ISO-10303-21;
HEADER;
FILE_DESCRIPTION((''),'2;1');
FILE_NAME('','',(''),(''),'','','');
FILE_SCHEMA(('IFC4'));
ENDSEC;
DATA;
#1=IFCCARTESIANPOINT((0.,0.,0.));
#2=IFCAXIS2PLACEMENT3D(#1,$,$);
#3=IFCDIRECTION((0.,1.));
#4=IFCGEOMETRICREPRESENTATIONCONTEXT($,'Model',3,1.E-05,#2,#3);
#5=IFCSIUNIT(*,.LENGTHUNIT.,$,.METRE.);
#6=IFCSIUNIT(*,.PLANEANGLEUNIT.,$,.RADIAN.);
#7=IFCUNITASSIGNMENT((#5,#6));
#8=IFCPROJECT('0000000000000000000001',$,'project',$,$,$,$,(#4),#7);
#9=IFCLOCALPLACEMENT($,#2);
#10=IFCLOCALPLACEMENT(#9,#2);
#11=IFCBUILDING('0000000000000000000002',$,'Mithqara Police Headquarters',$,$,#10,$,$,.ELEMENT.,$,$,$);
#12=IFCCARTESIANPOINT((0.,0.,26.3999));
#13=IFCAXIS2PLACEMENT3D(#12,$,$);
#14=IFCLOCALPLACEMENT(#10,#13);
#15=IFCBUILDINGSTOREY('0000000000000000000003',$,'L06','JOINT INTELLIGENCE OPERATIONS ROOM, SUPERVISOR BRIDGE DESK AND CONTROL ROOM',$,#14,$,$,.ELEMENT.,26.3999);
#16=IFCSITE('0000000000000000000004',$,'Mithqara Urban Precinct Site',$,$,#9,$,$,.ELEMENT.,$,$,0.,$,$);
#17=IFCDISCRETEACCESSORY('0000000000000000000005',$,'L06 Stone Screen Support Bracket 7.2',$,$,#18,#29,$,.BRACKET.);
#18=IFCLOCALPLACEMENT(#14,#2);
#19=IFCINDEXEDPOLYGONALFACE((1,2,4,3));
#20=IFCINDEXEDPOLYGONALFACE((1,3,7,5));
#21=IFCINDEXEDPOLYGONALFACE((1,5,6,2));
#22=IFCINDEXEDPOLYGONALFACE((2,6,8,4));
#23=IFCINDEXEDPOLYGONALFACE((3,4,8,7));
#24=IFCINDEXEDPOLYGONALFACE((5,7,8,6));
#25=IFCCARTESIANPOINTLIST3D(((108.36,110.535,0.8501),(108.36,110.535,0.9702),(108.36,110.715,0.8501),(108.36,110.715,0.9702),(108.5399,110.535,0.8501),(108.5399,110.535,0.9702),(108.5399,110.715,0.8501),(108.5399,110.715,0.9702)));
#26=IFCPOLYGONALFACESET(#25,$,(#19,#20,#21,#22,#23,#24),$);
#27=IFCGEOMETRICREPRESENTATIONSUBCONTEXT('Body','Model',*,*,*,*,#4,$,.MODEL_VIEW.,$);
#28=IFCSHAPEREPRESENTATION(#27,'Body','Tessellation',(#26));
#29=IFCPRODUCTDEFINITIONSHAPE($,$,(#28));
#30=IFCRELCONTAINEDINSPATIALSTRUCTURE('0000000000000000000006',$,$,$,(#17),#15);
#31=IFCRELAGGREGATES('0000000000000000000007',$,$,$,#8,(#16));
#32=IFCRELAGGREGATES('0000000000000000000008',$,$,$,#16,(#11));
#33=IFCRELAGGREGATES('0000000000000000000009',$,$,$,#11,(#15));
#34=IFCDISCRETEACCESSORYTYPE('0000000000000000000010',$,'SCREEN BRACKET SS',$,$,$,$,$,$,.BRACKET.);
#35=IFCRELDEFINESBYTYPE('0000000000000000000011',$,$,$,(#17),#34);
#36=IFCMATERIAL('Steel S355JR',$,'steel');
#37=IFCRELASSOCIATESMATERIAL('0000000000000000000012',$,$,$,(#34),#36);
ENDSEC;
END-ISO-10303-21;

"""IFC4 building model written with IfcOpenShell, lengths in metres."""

from ifc_helpers import new_model, si_unit, direction, frame, origin, origin_2d, place, context, subcontext, project, spatial, rectangle, extrude, material, type_object, element, save


model = new_model("IFC4")

# Units and contexts
model_context = context("Model", 3, precision=1e-05, world=origin(), true_north=direction((0.0, 1.0)))
body_context = subcontext(model_context, "Body", "Model", "MODEL_VIEW")
ifc_project = project(units=[si_unit("LENGTHUNIT", "METRE"), si_unit("PLANEANGLEUNIT", "RADIAN")], contexts=[model_context])

# Site, building, storey
site_placement = place(None, origin())
site = spatial("IfcSite", under=ifc_project, at=site_placement, Name="Mithqara Urban Precinct Site", CompositionType="ELEMENT", RefElevation=0.0)
building_placement = place(site_placement, origin())
building = spatial("IfcBuilding", under=site, at=building_placement, Name="Mithqara Police Headquarters", CompositionType="ELEMENT")
storey_placement = place(building_placement, frame((0.0, 0.0, 26.3999)))
storey = spatial("IfcBuildingStorey", under=building, at=storey_placement, Name="L06", Description="JOINT INTELLIGENCE OPERATIONS ROOM, SUPERVISOR BRIDGE DESK AND CONTROL ROOM", CompositionType="ELEMENT", Elevation=26.3999)

# Shared definitions
ifc_material_1 = material(Name="Steel S355JR", Category="steel")

# Discrete accessory
discrete_accessory_type = type_object("IfcDiscreteAccessoryType", Name="SCREEN BRACKET SS", PredefinedType="BRACKET", material=ifc_material_1)
for number, where, z_axis, x_axis, name in (
    (1, (108.45, 110.625, 0.8501), (0.0, 0.0, 1.0), (0.0, 1.0, 0.0), "L06 Stone Screen Support Bracket 7.2"),
):
    element("IfcDiscreteAccessory", number, at=place(storey_placement, frame(where, z_axis=z_axis, x_axis=x_axis)), inside=storey, type_object=discrete_accessory_type, Name=name, PredefinedType="BRACKET", context=body_context, shape_type="SweptSolid", body=[
        extrude(rectangle(XDim=0.1799, YDim=0.1799, at=origin_2d()), origin(), (0.0, 0.0, 1.0), 0.1201),
    ])

save(model, "model.ifc")
